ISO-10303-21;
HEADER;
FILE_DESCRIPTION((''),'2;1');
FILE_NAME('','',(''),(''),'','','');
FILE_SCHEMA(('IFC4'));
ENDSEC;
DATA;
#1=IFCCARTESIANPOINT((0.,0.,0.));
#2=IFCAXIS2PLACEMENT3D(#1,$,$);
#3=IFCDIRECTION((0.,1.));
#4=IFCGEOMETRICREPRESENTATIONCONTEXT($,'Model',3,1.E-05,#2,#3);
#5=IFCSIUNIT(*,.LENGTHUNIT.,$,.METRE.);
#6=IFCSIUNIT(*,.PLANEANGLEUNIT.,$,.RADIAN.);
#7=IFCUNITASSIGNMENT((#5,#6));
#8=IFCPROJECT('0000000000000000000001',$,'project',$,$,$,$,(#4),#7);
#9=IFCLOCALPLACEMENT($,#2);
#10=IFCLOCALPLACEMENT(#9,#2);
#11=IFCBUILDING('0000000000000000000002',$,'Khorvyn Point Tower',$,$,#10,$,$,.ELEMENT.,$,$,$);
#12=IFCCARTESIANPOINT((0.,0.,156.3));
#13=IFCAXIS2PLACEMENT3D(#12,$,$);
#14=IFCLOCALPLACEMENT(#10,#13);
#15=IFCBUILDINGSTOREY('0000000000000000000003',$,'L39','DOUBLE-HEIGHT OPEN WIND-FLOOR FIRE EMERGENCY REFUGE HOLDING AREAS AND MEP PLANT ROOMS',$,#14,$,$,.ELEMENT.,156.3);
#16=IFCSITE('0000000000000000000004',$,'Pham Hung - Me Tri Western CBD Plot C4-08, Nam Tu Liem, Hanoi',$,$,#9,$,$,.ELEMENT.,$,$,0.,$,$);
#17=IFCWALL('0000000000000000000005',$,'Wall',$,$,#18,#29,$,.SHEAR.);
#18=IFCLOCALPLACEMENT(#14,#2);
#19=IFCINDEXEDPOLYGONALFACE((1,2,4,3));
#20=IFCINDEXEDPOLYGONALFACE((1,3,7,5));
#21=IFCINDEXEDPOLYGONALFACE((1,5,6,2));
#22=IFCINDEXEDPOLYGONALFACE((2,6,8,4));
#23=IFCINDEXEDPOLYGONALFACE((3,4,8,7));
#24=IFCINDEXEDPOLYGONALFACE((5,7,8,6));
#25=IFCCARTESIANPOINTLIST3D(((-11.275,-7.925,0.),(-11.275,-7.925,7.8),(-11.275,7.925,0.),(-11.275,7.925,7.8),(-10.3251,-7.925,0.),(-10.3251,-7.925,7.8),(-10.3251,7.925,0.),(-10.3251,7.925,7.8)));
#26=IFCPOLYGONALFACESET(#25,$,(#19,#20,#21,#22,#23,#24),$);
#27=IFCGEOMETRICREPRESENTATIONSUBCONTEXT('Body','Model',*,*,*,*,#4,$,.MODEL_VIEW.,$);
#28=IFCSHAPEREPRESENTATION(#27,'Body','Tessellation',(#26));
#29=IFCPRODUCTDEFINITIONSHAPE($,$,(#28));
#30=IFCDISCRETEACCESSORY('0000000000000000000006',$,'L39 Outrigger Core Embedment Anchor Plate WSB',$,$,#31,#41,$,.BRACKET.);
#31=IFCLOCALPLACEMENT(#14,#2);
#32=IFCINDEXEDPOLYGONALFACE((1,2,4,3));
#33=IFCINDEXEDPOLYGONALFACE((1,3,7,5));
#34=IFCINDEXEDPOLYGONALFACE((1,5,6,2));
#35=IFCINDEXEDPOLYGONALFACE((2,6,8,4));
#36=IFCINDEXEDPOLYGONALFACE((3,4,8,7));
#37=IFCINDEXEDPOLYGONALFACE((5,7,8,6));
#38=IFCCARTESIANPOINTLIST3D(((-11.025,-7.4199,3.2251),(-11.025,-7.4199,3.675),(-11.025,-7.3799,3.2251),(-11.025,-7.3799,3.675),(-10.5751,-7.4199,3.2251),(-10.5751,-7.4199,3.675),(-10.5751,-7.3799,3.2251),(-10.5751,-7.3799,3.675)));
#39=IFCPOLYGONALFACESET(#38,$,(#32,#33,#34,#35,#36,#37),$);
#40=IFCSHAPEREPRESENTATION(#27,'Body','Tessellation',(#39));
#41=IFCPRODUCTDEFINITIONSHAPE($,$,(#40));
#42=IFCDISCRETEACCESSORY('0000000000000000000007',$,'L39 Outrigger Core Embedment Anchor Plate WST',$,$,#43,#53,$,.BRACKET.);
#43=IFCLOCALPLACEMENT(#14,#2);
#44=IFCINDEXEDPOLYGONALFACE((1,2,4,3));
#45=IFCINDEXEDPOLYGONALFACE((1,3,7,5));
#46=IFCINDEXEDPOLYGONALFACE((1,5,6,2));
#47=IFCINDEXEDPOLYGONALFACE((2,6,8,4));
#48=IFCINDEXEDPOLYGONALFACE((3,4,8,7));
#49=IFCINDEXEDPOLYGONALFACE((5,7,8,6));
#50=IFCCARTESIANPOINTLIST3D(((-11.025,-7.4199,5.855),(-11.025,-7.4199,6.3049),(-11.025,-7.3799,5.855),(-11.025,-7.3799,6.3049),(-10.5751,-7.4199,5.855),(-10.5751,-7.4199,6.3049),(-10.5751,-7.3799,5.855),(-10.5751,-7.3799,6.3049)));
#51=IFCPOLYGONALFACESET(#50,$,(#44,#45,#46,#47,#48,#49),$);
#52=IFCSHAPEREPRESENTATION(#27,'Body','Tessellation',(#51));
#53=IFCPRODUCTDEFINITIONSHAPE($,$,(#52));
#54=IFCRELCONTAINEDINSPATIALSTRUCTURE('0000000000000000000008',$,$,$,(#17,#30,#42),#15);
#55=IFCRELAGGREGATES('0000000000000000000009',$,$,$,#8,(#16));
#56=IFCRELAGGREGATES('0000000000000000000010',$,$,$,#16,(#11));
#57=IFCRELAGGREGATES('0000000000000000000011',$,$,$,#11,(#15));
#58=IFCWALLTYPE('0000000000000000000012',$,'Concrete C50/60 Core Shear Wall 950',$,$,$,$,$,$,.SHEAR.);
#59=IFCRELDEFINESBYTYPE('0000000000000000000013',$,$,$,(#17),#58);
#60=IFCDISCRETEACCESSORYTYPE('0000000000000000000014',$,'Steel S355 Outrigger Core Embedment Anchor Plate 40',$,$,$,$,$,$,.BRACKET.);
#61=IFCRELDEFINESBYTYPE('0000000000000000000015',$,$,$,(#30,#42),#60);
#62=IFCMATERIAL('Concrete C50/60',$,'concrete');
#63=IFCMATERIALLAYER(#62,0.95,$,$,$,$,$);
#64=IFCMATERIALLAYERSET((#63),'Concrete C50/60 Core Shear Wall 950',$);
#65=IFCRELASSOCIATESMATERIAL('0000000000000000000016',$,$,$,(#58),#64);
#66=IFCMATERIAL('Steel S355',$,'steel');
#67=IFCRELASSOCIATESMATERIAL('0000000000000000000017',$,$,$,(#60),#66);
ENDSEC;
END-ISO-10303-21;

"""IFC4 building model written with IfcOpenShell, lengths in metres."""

from ifc_helpers import new_model, si_unit, direction, frame, frame_2d, origin, origin_2d, place, context, subcontext, project, spatial, rectangle, extrude, material, layer, layer_set, type_object, element, save


model = new_model("IFC4")

# Units and contexts
model_context = context("Model", 3, precision=1e-05, world=origin(), true_north=direction((0.0, 1.0)))
body_context = subcontext(model_context, "Body", "Model", "MODEL_VIEW")
ifc_project = project(units=[si_unit("LENGTHUNIT", "METRE"), si_unit("PLANEANGLEUNIT", "RADIAN")], contexts=[model_context])

# Site, building, storey
site_placement = place(None, origin())
site = spatial("IfcSite", under=ifc_project, at=site_placement, Name="Pham Hung - Me Tri Western CBD Plot C4-08, Nam Tu Liem, Hanoi", CompositionType="ELEMENT", RefElevation=0.0)
building_placement = place(site_placement, origin())
building = spatial("IfcBuilding", under=site, at=building_placement, Name="Khorvyn Point Tower", CompositionType="ELEMENT")
storey_placement = place(building_placement, frame((0.0, 0.0, 156.3)))
storey = spatial("IfcBuildingStorey", under=building, at=storey_placement, Name="L39", Description="DOUBLE-HEIGHT OPEN WIND-FLOOR FIRE EMERGENCY REFUGE HOLDING AREAS AND MEP PLANT ROOMS", CompositionType="ELEMENT", Elevation=156.3)

# Shared definitions
ifc_material_1 = material(Name="Concrete C50/60", Category="concrete")

# Shared definitions
ifc_material_2 = material(Name="Steel S355", Category="steel")

# Wall
ifc_layer_1 = layer(ifc_material_1, 0.95)
ifc_layer_set_1 = layer_set([ifc_layer_1], Name="Concrete C50/60 Core Shear Wall 950")
wall_type_1 = type_object("IfcWallType", Name="Concrete C50/60 Core Shear Wall 950", PredefinedType="SHEAR", material=ifc_layer_set_1)
wall_1_placement = place(storey_placement, frame((-10.8, -7.925, 0.0), z_axis=(0.0, 0.0, 1.0), x_axis=(0.0, 1.0, 0.0)))
element("IfcWall", 1, at=wall_1_placement, inside=storey, type_object=wall_type_1, Name="Wall", PredefinedType="SHEAR", context=body_context, shape_type="SweptSolid", body=[
    extrude(rectangle(XDim=15.8501, YDim=0.95, at=frame_2d((7.925, 0.0))), origin(), (0.0, 0.0, 1.0), 7.8),
])

# Discrete accessories
discrete_accessory_type = type_object("IfcDiscreteAccessoryType", Name="Steel S355 Outrigger Core Embedment Anchor Plate 40", PredefinedType="BRACKET", material=ifc_material_2)
for number, where, z_axis, x_axis, name in (
    (2, (-10.8, -7.3999, 3.2251), (0.0, 0.0, 1.0), (1.0, 0.0, 0.0), "L39 Outrigger Core Embedment Anchor Plate WSB"),
    (3, (-10.8, -7.3999, 5.855), (0.0, 0.0, 1.0), (1.0, 0.0, 0.0), "L39 Outrigger Core Embedment Anchor Plate WST"),
):
    element("IfcDiscreteAccessory", number, at=place(storey_placement, frame(where, z_axis=z_axis, x_axis=x_axis)), inside=storey, type_object=discrete_accessory_type, Name=name, PredefinedType="BRACKET", context=body_context, shape_type="SweptSolid", body=[
        extrude(rectangle(XDim=0.45, YDim=0.04, at=origin_2d()), origin(), (0.0, 0.0, 1.0), 0.45),
    ])

save(model, "model.ifc")
